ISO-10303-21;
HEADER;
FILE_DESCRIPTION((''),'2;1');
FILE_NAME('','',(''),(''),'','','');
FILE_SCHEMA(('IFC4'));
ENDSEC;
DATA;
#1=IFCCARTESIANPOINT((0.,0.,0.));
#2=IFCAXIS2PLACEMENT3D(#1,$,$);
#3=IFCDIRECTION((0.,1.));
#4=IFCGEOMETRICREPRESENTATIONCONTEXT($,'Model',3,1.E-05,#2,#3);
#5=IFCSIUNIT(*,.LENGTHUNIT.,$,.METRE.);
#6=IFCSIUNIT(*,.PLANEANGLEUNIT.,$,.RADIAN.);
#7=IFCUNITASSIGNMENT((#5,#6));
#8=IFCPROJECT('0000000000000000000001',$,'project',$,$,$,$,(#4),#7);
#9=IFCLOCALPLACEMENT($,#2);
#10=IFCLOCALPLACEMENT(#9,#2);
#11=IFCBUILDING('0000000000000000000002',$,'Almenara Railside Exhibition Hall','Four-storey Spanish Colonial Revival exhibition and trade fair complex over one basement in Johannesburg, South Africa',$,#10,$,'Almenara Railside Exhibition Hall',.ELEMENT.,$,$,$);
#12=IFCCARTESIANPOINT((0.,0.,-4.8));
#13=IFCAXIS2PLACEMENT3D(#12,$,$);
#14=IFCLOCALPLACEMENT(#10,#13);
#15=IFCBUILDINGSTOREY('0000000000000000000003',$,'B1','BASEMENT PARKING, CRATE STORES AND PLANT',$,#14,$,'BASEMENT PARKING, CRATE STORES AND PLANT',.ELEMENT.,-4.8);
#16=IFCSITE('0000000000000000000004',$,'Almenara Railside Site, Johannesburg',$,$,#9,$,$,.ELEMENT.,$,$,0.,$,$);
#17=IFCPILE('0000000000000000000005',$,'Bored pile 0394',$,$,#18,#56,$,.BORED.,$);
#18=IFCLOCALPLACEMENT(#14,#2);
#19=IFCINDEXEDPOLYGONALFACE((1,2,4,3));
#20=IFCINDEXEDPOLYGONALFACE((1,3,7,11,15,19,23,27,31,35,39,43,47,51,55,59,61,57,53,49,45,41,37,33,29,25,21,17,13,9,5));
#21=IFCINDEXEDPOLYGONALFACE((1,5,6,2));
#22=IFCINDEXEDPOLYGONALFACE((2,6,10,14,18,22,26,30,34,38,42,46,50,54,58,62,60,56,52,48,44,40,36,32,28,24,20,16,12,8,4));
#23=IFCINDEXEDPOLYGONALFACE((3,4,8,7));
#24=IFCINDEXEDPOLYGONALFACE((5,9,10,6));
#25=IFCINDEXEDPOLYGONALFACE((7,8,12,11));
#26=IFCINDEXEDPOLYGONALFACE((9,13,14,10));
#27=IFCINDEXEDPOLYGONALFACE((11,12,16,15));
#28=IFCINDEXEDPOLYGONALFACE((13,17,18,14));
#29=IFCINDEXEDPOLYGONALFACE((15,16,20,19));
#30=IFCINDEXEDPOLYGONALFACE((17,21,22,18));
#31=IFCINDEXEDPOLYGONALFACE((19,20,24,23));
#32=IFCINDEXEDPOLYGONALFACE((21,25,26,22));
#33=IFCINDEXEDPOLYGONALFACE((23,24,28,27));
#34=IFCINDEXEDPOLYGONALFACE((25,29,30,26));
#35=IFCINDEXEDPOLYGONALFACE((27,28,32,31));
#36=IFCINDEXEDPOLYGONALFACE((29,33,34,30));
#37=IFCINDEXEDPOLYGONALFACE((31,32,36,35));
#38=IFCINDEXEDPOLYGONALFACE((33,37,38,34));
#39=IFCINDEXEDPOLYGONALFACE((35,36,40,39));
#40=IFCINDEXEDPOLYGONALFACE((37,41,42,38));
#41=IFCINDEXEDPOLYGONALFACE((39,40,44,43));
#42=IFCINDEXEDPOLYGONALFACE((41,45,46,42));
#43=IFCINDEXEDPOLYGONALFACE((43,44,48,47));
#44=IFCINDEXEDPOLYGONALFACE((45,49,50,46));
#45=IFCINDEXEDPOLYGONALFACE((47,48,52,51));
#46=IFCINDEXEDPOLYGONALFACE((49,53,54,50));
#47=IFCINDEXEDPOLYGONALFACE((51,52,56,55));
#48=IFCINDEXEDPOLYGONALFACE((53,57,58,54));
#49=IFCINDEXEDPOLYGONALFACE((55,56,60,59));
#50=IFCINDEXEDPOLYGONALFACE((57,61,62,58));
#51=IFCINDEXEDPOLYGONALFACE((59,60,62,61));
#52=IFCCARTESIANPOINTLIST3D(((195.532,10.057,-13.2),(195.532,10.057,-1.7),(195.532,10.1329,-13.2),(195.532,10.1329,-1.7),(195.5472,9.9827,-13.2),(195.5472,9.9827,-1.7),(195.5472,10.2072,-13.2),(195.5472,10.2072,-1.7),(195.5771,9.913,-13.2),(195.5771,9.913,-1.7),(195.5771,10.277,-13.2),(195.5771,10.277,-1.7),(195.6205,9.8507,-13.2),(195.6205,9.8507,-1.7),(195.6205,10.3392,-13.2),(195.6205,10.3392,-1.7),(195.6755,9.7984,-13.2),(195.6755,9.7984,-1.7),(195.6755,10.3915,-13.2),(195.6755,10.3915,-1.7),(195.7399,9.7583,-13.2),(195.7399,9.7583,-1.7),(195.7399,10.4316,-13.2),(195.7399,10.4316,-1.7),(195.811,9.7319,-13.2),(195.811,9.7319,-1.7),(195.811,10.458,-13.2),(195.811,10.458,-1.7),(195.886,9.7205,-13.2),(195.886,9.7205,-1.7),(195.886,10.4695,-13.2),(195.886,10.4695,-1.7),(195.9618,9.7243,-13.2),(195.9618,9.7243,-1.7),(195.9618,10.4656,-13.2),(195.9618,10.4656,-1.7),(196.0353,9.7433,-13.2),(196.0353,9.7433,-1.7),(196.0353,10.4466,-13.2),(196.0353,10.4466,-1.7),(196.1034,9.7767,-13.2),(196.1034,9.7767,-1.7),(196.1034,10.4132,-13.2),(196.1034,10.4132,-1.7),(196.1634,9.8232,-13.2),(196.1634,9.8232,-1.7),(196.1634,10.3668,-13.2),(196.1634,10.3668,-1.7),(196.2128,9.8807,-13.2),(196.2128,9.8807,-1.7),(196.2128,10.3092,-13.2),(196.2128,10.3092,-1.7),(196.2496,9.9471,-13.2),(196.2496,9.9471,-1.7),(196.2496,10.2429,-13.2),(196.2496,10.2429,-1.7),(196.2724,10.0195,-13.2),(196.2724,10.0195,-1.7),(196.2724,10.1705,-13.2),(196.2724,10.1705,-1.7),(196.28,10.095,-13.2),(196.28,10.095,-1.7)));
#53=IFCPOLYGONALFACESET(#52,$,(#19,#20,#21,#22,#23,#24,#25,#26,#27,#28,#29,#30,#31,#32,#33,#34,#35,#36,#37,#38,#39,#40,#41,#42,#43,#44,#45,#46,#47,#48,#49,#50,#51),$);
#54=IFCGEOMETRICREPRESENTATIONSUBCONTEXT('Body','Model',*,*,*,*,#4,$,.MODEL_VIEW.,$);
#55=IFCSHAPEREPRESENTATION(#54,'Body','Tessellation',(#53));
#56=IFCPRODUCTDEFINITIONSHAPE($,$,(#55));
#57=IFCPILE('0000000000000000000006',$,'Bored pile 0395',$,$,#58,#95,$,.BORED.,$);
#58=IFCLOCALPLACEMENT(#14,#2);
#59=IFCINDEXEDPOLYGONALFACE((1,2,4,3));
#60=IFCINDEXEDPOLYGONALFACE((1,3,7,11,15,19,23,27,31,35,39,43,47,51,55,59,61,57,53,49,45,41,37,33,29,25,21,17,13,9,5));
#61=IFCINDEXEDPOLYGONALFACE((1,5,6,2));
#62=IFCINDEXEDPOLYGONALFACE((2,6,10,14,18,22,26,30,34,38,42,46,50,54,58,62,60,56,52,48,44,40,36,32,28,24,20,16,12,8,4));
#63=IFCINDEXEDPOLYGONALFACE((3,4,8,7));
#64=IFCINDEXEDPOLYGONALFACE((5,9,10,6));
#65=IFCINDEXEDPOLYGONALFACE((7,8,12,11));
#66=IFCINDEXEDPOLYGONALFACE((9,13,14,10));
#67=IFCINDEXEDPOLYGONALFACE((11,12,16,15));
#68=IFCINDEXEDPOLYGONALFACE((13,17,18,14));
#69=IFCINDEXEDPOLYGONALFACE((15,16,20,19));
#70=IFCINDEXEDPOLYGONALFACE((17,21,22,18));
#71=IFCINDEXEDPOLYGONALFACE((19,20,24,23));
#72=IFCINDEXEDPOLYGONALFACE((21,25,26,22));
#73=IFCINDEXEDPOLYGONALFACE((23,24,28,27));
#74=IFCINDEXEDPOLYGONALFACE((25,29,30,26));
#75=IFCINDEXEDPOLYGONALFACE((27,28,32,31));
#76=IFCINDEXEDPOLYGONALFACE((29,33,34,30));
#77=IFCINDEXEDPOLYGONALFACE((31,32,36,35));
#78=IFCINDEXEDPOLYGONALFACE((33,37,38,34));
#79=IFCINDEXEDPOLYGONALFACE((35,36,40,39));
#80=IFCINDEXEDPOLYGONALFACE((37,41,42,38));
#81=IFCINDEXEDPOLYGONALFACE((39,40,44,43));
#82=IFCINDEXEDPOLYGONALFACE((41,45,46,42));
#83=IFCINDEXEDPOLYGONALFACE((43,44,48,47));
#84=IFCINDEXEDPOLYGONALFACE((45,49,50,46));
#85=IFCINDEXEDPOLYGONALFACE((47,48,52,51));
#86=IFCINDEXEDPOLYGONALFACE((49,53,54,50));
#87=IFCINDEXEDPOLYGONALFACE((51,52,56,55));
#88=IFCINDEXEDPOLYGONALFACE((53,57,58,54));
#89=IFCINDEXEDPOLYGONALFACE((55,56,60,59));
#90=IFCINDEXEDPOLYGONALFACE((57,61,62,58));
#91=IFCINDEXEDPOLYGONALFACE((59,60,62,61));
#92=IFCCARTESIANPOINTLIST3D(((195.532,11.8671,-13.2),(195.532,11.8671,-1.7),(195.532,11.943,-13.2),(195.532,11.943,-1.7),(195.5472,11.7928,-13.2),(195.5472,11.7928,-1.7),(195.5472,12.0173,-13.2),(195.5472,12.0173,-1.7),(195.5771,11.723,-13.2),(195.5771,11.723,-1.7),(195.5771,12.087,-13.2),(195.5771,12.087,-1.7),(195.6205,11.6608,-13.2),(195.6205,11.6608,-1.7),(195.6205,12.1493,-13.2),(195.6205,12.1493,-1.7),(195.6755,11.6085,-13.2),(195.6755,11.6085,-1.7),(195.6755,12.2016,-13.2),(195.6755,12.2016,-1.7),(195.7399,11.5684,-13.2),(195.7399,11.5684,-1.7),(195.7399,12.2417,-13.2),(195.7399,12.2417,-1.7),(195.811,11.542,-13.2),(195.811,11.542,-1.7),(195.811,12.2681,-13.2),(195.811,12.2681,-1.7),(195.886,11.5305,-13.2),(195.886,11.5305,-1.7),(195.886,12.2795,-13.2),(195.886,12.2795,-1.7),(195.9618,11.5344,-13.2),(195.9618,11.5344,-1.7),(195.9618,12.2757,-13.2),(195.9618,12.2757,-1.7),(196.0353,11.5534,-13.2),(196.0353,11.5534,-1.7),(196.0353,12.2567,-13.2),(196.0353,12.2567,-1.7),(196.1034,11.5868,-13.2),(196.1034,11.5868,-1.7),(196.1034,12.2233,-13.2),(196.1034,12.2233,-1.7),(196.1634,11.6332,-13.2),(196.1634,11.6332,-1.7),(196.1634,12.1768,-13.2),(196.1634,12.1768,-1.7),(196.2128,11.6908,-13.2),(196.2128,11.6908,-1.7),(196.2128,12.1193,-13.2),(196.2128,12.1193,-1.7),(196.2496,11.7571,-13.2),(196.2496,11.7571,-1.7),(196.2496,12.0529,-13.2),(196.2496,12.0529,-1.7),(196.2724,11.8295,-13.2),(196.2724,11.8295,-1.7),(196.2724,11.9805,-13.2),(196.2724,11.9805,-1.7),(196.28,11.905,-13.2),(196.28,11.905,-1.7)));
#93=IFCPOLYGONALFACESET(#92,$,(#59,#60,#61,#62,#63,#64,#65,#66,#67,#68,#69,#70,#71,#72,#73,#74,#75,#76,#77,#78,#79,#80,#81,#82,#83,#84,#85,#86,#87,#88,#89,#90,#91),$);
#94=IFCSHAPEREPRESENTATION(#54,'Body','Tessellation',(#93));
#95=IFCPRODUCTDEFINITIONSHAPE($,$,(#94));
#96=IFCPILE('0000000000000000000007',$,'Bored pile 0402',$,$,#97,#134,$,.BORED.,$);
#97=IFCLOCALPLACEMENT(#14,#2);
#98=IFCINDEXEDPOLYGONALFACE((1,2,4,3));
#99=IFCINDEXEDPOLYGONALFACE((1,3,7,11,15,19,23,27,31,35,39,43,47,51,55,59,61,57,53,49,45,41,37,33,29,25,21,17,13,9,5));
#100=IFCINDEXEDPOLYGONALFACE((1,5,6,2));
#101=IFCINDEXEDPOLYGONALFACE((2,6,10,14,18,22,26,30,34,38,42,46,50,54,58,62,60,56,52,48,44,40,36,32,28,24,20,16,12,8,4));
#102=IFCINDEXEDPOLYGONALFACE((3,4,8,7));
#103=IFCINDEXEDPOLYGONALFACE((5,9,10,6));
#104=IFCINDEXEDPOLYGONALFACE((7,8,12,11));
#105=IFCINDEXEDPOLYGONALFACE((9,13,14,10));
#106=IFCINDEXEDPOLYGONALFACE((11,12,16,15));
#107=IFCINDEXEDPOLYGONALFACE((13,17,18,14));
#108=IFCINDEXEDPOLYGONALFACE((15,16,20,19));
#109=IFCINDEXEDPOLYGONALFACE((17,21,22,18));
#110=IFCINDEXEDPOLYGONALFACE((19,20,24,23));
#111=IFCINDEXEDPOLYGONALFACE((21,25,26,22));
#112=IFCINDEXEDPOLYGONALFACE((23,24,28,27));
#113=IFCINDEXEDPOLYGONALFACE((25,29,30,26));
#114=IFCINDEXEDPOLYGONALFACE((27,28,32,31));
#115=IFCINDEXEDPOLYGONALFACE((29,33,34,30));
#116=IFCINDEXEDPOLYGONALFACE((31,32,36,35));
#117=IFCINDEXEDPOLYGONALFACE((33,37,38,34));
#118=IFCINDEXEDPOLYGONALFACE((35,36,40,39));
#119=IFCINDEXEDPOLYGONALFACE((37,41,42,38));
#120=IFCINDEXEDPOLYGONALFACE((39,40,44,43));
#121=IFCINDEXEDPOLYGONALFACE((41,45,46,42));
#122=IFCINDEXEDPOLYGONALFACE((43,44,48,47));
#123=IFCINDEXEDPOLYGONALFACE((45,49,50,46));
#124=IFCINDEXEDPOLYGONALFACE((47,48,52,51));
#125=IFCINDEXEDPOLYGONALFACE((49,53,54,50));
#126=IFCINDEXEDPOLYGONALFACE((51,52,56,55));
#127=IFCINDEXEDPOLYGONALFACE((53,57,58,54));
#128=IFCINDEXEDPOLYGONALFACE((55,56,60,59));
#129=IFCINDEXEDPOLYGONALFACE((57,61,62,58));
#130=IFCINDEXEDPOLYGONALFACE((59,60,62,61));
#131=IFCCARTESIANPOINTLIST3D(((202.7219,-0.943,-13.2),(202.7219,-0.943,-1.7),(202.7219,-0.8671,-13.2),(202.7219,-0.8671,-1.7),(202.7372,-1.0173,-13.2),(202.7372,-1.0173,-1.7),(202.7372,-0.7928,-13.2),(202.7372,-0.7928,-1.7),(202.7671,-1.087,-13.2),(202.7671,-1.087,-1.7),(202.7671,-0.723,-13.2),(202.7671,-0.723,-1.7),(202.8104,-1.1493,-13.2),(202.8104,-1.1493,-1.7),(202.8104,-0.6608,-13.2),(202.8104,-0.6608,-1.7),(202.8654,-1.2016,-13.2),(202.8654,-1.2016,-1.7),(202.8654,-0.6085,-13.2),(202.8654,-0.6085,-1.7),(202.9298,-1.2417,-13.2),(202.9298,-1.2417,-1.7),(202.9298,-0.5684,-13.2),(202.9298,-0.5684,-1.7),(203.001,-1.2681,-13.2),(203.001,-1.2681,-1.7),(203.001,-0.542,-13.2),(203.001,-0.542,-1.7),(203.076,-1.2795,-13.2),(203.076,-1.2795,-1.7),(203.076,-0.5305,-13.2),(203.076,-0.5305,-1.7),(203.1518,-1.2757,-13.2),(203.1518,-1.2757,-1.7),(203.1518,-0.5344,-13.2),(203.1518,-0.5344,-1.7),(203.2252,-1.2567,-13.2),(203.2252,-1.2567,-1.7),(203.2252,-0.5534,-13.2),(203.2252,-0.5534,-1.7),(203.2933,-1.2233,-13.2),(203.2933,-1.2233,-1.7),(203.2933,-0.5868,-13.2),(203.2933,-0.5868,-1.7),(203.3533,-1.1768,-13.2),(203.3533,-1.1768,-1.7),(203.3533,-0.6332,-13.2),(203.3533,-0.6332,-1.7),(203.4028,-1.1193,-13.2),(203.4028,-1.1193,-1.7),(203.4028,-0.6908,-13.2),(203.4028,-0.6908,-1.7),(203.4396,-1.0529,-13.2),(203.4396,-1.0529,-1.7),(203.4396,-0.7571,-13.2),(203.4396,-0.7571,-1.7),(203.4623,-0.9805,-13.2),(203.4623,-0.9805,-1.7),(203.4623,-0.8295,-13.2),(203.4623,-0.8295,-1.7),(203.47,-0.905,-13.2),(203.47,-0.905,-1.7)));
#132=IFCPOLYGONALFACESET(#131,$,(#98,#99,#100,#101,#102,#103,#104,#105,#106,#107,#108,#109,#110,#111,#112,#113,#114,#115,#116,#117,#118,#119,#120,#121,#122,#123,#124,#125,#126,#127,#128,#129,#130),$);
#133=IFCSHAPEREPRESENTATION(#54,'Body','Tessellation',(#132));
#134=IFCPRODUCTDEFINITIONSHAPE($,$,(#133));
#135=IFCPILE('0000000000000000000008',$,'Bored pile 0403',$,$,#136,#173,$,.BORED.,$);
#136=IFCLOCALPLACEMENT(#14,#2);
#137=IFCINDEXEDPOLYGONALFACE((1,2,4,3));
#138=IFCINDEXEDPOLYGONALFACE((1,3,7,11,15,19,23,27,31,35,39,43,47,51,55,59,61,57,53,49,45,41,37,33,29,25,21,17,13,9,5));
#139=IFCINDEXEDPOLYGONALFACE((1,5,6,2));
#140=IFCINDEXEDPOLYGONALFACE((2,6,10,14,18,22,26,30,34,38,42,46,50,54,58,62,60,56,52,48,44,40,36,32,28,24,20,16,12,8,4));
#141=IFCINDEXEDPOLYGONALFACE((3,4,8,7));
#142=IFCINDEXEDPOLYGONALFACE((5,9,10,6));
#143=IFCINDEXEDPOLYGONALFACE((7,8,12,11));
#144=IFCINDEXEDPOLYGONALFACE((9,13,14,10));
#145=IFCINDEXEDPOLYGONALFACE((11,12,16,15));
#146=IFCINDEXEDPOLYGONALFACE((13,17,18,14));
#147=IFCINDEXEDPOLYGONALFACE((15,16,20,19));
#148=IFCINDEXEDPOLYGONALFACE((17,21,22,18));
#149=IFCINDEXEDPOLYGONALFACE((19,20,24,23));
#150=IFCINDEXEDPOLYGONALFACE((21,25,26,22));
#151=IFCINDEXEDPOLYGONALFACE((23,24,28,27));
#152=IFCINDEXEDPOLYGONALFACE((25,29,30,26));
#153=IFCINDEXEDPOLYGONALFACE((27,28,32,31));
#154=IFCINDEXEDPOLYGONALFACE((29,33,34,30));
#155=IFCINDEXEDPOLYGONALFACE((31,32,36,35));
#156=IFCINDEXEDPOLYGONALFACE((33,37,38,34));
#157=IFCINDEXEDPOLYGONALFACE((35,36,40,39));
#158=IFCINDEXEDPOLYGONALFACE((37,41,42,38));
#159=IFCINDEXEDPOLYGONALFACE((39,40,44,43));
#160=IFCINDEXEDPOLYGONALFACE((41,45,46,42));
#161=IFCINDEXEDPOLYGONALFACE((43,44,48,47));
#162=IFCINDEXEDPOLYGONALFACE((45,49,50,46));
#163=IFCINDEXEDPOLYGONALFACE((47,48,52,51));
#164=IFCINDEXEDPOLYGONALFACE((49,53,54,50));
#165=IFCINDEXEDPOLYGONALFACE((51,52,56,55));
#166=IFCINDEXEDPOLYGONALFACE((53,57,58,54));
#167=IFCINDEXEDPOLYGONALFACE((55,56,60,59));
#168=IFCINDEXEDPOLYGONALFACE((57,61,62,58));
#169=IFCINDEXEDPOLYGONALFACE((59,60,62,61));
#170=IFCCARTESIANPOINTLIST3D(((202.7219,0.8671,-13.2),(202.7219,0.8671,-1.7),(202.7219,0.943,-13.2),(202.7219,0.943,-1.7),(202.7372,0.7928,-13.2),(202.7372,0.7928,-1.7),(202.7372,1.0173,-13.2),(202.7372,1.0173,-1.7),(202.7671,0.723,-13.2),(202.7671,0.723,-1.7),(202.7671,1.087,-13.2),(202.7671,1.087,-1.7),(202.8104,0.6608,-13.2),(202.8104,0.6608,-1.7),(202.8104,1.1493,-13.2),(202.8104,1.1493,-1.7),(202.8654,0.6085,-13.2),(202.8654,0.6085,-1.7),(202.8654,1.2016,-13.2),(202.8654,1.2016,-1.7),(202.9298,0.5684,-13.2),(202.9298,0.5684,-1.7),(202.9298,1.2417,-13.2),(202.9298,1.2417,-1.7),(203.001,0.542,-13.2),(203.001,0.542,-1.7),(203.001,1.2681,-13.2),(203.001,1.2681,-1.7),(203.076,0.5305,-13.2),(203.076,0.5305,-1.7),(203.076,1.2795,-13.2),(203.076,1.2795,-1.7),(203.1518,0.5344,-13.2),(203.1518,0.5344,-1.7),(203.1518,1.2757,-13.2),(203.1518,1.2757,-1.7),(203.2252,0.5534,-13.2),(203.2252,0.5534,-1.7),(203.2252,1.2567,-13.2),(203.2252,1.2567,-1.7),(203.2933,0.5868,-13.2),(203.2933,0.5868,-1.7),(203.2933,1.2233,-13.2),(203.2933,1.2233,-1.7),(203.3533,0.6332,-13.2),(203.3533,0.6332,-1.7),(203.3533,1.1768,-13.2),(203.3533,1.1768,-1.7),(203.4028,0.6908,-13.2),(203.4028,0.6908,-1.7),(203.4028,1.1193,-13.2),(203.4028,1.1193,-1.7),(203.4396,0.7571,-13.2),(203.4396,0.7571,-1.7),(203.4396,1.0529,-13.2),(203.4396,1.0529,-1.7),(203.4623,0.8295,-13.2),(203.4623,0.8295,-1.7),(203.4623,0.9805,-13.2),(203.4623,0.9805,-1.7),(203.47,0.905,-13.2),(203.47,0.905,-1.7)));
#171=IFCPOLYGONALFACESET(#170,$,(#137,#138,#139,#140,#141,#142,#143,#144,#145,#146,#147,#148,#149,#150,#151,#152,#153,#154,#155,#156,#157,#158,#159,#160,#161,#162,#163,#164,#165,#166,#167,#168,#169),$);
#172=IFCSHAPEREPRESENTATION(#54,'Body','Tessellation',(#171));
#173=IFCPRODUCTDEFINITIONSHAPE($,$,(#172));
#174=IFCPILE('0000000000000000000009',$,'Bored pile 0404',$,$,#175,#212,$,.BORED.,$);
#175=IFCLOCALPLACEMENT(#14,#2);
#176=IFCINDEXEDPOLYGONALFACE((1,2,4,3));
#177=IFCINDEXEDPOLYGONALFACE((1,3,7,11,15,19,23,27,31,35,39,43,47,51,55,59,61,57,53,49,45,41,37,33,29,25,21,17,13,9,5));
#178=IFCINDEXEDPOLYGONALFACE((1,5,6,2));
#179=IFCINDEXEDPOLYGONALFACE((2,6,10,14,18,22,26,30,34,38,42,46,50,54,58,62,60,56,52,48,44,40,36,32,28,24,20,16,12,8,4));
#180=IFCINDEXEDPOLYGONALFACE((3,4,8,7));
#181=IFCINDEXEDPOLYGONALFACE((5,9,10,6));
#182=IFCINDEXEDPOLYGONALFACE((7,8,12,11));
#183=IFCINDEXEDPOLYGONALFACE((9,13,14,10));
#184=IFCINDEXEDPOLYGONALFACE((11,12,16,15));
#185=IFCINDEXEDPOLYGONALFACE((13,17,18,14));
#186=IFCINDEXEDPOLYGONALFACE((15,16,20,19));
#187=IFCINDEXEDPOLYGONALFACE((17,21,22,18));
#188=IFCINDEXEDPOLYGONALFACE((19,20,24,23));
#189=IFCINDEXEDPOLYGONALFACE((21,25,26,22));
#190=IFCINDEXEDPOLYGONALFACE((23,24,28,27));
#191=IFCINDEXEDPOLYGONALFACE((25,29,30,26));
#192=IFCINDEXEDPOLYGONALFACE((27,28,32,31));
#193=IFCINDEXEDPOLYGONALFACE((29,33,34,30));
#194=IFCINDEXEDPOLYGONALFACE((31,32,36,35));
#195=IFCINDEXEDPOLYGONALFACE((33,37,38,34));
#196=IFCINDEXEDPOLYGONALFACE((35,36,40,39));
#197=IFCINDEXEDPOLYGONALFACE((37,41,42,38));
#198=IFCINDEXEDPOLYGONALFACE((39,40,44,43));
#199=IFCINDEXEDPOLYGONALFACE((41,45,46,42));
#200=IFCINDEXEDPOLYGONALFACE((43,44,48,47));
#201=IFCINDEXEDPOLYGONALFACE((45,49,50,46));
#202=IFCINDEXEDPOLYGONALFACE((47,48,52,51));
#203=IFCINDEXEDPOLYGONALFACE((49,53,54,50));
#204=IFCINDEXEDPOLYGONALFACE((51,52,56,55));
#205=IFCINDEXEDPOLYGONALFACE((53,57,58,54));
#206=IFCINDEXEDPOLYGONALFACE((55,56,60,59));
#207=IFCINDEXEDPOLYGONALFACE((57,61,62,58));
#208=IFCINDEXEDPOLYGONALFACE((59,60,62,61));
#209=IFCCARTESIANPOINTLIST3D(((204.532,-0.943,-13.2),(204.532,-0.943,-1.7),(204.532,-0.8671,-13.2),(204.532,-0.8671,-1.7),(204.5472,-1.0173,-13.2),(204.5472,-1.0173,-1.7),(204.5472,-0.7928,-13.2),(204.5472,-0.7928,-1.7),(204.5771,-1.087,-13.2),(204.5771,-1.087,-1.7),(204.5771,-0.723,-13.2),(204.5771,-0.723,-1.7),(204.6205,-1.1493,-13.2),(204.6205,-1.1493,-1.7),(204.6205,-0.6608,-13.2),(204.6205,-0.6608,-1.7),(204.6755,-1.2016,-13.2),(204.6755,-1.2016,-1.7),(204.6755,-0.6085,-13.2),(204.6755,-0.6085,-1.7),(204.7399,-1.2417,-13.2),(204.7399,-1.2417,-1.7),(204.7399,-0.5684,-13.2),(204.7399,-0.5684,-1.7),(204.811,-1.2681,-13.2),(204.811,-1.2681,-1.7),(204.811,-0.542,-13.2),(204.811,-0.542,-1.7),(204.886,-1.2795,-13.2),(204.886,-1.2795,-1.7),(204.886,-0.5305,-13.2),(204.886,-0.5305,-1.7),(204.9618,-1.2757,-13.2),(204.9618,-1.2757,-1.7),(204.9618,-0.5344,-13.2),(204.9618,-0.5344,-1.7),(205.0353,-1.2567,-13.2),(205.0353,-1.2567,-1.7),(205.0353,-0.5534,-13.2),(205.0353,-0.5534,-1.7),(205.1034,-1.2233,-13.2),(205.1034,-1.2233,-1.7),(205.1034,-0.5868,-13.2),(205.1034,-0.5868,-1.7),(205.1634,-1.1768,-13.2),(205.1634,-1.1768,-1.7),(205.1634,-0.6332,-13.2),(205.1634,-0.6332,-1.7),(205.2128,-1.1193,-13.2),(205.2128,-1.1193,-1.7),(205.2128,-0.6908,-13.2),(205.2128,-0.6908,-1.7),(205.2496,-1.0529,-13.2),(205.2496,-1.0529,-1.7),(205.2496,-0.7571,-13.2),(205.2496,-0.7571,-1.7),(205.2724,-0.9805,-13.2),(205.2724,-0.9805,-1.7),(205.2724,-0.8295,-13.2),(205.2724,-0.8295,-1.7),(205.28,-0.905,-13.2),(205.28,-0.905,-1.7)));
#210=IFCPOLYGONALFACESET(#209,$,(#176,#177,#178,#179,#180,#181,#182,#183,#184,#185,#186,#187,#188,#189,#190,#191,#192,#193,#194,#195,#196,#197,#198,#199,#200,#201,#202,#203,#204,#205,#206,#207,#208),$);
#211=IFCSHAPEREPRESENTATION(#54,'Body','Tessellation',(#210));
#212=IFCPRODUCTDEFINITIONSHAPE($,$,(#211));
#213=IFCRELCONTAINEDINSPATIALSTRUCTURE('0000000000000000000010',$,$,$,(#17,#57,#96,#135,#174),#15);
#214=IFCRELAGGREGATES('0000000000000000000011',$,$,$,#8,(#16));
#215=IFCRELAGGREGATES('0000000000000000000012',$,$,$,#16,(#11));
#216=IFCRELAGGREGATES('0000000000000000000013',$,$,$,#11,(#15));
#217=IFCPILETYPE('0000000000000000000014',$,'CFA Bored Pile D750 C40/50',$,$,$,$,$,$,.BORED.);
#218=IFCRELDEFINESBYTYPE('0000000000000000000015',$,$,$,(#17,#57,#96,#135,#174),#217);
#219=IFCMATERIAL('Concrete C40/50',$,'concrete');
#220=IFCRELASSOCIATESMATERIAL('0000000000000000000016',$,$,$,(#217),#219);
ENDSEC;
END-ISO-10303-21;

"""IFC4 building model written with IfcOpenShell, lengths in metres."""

from ifc_helpers import new_model, si_unit, direction, frame, origin, origin_2d, place, context, subcontext, project, spatial, circle, extrude, material, material_profile, profile_set, type_object, element, save


model = new_model("IFC4")

# Units and contexts
model_context = context("Model", 3, precision=1e-05, world=origin(), true_north=direction((0.0, 1.0)))
body_context = subcontext(model_context, "Body", "Model", "MODEL_VIEW")
ifc_project = project(units=[si_unit("LENGTHUNIT", "METRE"), si_unit("PLANEANGLEUNIT", "RADIAN")], contexts=[model_context])

# Site, building, storey
site_placement = place(None, origin())
site = spatial("IfcSite", under=ifc_project, at=site_placement, Name="Almenara Railside Site, Johannesburg", CompositionType="ELEMENT", RefElevation=0.0)
building_placement = place(site_placement, origin())
building = spatial("IfcBuilding", under=site, at=building_placement, Name="Almenara Railside Exhibition Hall", Description="Four-storey Spanish Colonial Revival exhibition and trade fair complex over one basement in Johannesburg, South Africa", LongName="Almenara Railside Exhibition Hall", CompositionType="ELEMENT")
storey_placement = place(building_placement, frame((0.0, 0.0, -4.8)))
storey = spatial("IfcBuildingStorey", under=building, at=storey_placement, Name="B1", Description="BASEMENT PARKING, CRATE STORES AND PLANT", LongName="BASEMENT PARKING, CRATE STORES AND PLANT", CompositionType="ELEMENT", Elevation=-4.8)

# Piles
ifc_material_1 = material(Name="Concrete C40/50", Category="concrete")
ifc_material_profile_1 = material_profile(ifc_material_1, circle(Radius=0.375, at=origin_2d()), Name="CFA-PILE D750")
ifc_profile_set_1 = profile_set([ifc_material_profile_1], Name="Concrete C40/50")
pile_type = type_object("IfcPileType", Name="CFA Bored Pile D750 C40/50", PredefinedType="BORED", material=ifc_profile_set_1)
for number, where, z_axis, x_axis, name in (
    (1, (195.905, 10.095, -1.7), (0.0, 0.0, -1.0), (1.0, 0.0, 0.0), "Bored pile 0394"),
    (2, (195.905, 11.905, -1.7), (0.0, 0.0, -1.0), (1.0, 0.0, 0.0), "Bored pile 0395"),
    (3, (203.095, -0.905, -1.7), (0.0, 0.0, -1.0), (1.0, 0.0, 0.0), "Bored pile 0402"),
    (4, (203.095, 0.905, -1.7), (0.0, 0.0, -1.0), (1.0, 0.0, 0.0), "Bored pile 0403"),
    (5, (204.905, -0.905, -1.7), (0.0, 0.0, -1.0), (1.0, 0.0, 0.0), "Bored pile 0404"),
):
    element("IfcPile", number, at=place(storey_placement, frame(where, z_axis=z_axis, x_axis=x_axis)), inside=storey, type_object=pile_type, Name=name, PredefinedType="BORED", context=body_context, shape_type="SweptSolid", body=[
        extrude(circle(Radius=0.375, at=origin_2d()), origin(), (0.0, 0.0, 1.0), 11.5),
    ])

save(model, "model.ifc")
